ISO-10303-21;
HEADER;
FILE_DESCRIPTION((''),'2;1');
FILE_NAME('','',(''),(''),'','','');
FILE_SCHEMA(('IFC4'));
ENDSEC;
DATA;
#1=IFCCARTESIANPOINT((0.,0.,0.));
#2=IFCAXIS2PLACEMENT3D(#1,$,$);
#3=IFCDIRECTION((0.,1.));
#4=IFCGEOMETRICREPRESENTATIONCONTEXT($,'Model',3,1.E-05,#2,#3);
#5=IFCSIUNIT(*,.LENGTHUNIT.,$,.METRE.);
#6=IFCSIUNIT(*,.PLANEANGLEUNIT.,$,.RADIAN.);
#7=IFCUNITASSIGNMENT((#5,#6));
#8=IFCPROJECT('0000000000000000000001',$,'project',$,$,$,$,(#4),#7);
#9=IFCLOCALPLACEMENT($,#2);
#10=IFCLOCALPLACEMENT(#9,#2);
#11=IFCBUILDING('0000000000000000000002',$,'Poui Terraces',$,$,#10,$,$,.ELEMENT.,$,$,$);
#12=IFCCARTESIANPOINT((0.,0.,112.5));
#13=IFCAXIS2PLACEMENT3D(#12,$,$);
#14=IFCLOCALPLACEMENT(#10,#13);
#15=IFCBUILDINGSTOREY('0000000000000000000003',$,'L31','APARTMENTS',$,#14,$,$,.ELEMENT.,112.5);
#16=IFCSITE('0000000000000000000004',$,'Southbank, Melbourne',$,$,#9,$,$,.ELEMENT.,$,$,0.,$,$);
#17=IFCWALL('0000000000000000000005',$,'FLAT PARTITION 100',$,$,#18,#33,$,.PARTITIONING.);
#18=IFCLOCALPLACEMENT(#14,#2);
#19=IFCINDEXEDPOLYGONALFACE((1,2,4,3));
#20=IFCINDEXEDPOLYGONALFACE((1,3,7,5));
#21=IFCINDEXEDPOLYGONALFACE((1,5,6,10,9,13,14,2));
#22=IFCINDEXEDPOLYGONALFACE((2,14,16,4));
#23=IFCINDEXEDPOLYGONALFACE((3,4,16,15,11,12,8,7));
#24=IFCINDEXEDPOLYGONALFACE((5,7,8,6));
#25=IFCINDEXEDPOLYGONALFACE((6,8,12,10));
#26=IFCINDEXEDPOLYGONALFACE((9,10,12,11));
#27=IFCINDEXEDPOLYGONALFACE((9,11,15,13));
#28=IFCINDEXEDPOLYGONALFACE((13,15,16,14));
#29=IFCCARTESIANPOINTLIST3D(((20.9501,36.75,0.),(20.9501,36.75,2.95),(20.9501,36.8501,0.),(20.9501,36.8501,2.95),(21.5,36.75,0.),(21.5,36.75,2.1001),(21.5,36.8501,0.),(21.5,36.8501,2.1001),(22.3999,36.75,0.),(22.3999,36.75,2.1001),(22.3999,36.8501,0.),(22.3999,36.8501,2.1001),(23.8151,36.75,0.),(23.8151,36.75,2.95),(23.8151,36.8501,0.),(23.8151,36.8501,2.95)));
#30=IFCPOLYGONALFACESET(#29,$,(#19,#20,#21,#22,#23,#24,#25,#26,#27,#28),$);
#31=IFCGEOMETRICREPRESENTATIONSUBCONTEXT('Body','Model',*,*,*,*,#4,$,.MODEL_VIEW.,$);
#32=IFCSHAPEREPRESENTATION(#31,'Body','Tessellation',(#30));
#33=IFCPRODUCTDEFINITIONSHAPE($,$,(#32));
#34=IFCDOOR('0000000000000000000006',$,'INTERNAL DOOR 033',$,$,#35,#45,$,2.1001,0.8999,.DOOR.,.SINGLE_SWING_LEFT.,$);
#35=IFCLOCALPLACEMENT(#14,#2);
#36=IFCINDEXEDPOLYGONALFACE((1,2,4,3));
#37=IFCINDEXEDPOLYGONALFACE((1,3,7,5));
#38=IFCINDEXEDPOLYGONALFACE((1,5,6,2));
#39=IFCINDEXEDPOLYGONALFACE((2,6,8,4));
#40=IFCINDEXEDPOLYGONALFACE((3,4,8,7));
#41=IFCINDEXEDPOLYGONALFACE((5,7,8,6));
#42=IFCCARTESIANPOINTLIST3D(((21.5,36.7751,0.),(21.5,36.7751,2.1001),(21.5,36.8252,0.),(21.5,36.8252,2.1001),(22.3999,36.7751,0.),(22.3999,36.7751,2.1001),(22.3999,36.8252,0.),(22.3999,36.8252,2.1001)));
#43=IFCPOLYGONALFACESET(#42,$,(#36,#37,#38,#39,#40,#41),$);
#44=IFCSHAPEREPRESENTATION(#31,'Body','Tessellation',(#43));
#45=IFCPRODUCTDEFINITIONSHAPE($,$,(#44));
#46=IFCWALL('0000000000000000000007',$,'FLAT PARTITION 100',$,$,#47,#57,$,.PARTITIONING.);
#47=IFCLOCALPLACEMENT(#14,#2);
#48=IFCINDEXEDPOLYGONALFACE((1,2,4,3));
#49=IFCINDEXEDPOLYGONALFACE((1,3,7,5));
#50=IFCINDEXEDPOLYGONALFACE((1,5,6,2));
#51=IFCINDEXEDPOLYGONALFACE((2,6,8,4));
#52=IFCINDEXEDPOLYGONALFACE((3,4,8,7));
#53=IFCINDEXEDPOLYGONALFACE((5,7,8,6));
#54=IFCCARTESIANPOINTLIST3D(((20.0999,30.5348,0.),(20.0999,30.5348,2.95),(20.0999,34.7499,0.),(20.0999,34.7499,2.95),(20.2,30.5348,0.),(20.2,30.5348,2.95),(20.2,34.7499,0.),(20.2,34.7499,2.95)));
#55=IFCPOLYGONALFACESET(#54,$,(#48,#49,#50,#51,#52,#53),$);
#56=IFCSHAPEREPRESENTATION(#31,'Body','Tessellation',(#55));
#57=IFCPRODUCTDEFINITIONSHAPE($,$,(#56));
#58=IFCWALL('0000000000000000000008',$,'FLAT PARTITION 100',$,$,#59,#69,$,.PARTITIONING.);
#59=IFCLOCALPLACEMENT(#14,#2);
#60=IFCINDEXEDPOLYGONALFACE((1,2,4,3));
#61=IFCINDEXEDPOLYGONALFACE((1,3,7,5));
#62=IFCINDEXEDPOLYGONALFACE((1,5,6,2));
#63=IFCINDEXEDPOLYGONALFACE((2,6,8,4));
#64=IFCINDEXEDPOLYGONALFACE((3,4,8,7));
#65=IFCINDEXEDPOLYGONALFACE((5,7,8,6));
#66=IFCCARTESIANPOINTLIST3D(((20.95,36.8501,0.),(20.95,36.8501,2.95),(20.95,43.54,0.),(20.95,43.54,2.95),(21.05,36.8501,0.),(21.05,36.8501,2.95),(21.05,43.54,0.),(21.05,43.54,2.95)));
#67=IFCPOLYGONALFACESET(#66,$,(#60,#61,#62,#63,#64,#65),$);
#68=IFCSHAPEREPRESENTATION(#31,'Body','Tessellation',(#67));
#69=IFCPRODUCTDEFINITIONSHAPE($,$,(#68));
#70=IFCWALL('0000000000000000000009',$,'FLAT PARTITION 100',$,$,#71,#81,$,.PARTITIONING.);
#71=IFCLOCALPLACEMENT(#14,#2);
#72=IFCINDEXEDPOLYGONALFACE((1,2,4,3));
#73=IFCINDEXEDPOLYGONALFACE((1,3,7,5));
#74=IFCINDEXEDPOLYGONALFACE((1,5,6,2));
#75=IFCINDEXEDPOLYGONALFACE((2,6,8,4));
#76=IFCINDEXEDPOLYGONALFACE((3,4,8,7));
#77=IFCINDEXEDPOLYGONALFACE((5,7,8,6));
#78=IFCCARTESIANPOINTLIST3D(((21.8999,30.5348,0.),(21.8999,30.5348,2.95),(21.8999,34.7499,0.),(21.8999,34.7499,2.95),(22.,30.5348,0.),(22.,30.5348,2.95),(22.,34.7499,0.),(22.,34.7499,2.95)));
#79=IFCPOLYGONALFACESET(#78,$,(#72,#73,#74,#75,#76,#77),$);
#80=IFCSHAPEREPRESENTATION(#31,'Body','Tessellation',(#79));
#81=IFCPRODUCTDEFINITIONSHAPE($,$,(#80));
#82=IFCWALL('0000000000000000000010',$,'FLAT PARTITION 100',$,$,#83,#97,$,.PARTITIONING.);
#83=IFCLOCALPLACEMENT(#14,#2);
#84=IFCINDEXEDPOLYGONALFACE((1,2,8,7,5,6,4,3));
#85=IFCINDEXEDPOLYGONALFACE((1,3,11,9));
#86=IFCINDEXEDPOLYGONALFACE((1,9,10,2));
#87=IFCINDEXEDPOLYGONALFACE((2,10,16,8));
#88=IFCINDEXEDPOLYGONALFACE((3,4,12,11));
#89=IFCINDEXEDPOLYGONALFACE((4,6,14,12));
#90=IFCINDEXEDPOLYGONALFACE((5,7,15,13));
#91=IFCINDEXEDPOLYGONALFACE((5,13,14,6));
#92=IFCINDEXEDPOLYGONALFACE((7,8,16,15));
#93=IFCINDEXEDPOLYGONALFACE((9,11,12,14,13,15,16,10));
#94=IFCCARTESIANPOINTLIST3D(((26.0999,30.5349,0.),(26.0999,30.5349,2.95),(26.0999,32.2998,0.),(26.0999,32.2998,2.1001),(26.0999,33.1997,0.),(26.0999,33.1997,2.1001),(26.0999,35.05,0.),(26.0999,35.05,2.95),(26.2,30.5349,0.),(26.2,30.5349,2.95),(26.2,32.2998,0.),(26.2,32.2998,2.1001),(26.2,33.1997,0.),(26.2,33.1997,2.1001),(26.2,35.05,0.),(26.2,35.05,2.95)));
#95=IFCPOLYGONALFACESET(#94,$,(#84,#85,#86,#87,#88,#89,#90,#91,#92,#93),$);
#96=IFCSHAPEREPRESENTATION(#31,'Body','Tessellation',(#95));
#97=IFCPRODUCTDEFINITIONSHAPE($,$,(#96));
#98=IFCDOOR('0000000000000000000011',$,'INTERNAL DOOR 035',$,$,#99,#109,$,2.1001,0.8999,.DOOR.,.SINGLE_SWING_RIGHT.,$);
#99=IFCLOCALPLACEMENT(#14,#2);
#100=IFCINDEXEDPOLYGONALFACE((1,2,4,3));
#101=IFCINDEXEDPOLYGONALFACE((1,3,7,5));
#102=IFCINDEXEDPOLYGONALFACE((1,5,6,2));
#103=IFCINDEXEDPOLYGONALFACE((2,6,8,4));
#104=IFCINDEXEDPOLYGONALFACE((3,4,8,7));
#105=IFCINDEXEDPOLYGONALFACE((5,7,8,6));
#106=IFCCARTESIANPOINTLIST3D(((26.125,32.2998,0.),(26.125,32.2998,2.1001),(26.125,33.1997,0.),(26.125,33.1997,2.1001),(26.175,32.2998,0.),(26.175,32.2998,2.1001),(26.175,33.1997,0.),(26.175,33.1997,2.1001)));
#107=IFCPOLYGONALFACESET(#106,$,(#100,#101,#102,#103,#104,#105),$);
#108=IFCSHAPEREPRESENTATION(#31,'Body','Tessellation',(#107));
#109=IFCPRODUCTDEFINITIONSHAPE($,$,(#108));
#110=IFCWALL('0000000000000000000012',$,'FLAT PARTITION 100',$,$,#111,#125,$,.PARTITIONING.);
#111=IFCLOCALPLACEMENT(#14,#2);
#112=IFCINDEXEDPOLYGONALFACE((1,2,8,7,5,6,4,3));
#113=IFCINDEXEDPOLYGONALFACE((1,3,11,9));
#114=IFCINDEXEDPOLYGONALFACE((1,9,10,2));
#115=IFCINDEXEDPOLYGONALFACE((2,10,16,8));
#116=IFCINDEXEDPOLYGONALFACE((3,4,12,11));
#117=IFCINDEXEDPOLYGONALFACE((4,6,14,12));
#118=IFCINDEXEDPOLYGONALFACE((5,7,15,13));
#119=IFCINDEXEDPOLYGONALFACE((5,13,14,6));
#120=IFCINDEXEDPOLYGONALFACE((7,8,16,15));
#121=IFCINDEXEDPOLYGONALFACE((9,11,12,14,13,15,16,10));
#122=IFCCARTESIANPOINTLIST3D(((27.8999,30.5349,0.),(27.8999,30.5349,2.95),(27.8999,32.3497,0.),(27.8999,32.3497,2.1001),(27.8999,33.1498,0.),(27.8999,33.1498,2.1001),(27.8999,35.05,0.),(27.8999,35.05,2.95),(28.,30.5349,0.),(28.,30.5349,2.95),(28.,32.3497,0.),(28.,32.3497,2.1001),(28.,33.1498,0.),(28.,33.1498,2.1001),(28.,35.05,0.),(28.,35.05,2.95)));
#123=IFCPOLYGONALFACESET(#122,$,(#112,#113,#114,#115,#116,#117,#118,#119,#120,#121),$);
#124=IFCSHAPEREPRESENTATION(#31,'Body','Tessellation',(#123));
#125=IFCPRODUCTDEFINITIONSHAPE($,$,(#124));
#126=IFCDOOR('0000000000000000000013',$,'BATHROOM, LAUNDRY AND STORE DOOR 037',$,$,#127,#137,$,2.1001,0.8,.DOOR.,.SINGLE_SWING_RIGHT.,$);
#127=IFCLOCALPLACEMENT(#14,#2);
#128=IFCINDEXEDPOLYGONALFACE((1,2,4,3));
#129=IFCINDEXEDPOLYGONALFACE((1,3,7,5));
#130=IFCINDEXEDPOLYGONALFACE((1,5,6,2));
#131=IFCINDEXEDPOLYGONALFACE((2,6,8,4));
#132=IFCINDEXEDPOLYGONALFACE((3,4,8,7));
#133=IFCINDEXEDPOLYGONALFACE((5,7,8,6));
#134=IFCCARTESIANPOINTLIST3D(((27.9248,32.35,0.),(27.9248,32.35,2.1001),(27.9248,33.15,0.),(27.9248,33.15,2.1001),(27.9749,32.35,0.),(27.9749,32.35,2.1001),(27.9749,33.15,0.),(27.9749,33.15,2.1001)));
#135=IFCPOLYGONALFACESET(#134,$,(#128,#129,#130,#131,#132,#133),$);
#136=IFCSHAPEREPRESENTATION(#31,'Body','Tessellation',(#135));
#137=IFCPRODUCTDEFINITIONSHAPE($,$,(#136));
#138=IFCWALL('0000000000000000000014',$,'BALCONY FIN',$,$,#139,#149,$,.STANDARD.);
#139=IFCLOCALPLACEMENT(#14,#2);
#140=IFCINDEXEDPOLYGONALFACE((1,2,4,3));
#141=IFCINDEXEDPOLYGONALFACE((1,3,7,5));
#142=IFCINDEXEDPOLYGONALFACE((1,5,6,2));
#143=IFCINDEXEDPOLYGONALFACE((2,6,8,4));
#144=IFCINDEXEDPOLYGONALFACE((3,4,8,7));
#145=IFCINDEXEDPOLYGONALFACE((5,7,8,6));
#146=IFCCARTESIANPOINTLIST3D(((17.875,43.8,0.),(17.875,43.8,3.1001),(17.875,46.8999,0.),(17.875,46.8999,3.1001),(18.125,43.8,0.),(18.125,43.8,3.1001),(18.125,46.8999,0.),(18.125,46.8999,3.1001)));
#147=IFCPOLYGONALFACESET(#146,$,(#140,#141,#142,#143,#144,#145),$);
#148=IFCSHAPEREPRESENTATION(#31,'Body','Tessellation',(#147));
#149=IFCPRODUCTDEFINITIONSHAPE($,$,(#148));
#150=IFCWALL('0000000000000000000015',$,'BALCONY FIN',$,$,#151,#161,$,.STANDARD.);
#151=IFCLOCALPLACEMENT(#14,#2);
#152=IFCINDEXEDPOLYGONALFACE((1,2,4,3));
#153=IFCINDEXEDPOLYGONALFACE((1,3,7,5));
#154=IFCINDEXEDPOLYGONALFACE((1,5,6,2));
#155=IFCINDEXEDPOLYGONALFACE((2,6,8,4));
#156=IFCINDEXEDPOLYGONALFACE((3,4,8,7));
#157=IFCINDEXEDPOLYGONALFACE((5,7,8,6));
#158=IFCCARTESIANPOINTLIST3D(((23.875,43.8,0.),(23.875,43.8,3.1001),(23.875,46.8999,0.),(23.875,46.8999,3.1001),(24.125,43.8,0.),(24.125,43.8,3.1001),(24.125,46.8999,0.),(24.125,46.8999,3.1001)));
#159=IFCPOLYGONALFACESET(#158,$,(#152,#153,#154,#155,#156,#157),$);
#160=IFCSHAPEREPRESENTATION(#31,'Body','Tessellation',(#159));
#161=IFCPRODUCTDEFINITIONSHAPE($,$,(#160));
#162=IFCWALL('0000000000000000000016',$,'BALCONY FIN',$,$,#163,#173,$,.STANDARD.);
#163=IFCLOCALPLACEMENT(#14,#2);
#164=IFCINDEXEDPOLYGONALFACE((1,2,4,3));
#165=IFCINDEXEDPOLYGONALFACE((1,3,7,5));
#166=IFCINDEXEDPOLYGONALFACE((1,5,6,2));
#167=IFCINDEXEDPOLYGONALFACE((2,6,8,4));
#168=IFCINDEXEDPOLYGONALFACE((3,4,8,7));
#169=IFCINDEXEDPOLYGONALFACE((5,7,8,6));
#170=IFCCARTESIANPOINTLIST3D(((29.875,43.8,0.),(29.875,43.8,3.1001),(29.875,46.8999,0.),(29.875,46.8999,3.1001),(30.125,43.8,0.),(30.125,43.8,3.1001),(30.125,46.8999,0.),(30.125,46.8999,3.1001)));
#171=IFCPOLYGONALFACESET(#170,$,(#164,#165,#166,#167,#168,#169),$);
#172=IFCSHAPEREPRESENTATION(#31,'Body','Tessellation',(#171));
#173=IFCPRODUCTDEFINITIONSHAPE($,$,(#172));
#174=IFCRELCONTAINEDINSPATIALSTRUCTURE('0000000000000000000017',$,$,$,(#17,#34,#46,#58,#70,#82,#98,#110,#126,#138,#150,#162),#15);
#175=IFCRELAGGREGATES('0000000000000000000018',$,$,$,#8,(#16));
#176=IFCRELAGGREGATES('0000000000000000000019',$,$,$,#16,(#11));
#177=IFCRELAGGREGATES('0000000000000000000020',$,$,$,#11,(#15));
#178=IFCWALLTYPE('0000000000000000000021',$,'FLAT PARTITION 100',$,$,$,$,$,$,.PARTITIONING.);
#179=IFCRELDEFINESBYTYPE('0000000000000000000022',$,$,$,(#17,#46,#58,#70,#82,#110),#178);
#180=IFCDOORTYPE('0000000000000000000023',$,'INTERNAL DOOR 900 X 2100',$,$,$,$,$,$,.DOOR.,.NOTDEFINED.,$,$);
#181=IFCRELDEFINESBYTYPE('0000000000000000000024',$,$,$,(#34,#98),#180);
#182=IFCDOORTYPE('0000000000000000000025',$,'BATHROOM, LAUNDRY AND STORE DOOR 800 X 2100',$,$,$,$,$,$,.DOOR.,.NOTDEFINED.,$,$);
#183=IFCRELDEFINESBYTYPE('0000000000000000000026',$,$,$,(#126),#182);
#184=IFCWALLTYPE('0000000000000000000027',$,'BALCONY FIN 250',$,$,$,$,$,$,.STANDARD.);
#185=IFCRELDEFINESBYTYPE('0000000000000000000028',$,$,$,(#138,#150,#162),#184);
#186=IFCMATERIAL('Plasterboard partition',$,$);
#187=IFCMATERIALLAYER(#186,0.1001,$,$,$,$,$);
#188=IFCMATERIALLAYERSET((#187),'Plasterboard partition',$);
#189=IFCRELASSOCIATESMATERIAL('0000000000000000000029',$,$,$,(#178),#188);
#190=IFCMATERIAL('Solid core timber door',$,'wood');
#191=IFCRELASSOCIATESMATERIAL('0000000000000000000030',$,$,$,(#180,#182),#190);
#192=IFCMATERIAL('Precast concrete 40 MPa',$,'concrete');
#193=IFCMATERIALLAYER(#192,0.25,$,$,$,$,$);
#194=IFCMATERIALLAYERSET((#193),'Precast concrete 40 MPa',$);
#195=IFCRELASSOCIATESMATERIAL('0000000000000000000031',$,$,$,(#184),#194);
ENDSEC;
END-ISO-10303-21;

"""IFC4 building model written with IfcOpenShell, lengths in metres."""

from ifc_helpers import new_model, si_unit, direction, frame, frame_2d, origin, place, context, subcontext, project, spatial, polyline, rectangle, outline, extrude, source, transform, mapped, material, layer, layer_set, type_object, element, fill, save


model = new_model("IFC4")

# Units and contexts
model_context = context("Model", 3, precision=1e-05, world=origin(), true_north=direction((0.0, 1.0)))
body_context = subcontext(model_context, "Body", "Model", "MODEL_VIEW")
ifc_project = project(units=[si_unit("LENGTHUNIT", "METRE"), si_unit("PLANEANGLEUNIT", "RADIAN")], contexts=[model_context])

# Site, building, storey
site_placement = place(None, origin())
site = spatial("IfcSite", under=ifc_project, at=site_placement, Name="Southbank, Melbourne", CompositionType="ELEMENT", RefElevation=0.0)
building_placement = place(site_placement, origin())
building = spatial("IfcBuilding", under=site, at=building_placement, Name="Poui Terraces", CompositionType="ELEMENT")
storey_placement = place(building_placement, frame((0.0, 0.0, 112.5)))
storey = spatial("IfcBuildingStorey", under=building, at=storey_placement, Name="L31", Description="APARTMENTS", CompositionType="ELEMENT", Elevation=112.5)

# Shared definitions
ifc_material_1 = material(Name="Plasterboard partition")
ifc_layer_1 = layer(ifc_material_1, 0.1001)
ifc_layer_set_1 = layer_set([ifc_layer_1], Name="Plasterboard partition")
wall_type_1 = type_object("IfcWallType", Name="FLAT PARTITION 100", PredefinedType="PARTITIONING", material=ifc_layer_set_1)
ifc_material_2 = material(Name="Solid core timber door", Category="wood")
door_type_1 = type_object("IfcDoorType", Name="INTERNAL DOOR 900 X 2100", OperationType="NOTDEFINED", PredefinedType="DOOR", material=ifc_material_2)
door_type_2 = type_object("IfcDoorType", Name="BATHROOM, LAUNDRY AND STORE DOOR 800 X 2100", OperationType="NOTDEFINED", PredefinedType="DOOR", material=ifc_material_2)

# Wall, opening, door
wall_1_placement = place(storey_placement, frame((20.95, 36.8, 0.0), z_axis=(0.0, 0.0, 1.0), x_axis=(1.0, 0.0, 0.0)))
wall_1 = element("IfcWall", 1, at=wall_1_placement, inside=storey, type_object=wall_type_1, Name="FLAT PARTITION 100", PredefinedType="PARTITIONING", context=body_context, shape_type="SweptSolid", body=[
    extrude(rectangle(XDim=2.865, YDim=0.1001, at=frame_2d((1.4326, 0.0))), origin(), (0.0, 0.0, 1.0), 2.95),
])
opening_1_placement = place(wall_1_placement, frame((0.55, 0.0, 0.0)))
opening_1 = element("IfcOpeningElement", 2, at=opening_1_placement, cuts=wall_1, PredefinedType="OPENING", context=body_context, shape_type="SweptSolid", body=[
    extrude(rectangle(XDim=0.8999, YDim=2.1001, at=frame_2d((0.45, 1.05))), frame((0.0, 0.0601, 0.0), z_axis=(0.0, -1.0, 0.0), x_axis=(1.0, 0.0, 0.0)), (0.0, 0.0, 1.0), 0.1201),
])
door_1_placement = place(opening_1_placement, frame((0.8999, 0.0, 0.0), z_axis=(0.0, 0.0, 1.0), x_axis=(-1.0, 0.0, 0.0)))
door_1 = element("IfcDoor", 3, at=door_1_placement, inside=storey, type_object=door_type_1, Name="INTERNAL DOOR 033", OperationType="SINGLE_SWING_LEFT", OverallHeight=2.1001, OverallWidth=0.8999, PredefinedType="DOOR", context=body_context, shape_type="SweptSolid", body=[
    extrude(rectangle(XDim=0.8999, YDim=2.1001, at=frame_2d((0.45, 1.05))), frame((0.0, 0.0249, 0.0), z_axis=(0.0, -1.0, 0.0), x_axis=(1.0, 0.0, 0.0)), (0.0, 0.0, 1.0), 0.05),
])
fill(opening_1, door_1)

# Walls
wall_2_placement = place(storey_placement, frame((20.1499, 30.5349, 0.0), z_axis=(0.0, 0.0, 1.0), x_axis=(0.0, 1.0, 0.0)))
element("IfcWall", 4, at=wall_2_placement, inside=storey, type_object=wall_type_1, Name="FLAT PARTITION 100", PredefinedType="PARTITIONING", context=body_context, shape_type="SweptSolid", body=[
    extrude(rectangle(XDim=4.2151, YDim=0.1001, at=frame_2d((2.1074, 0.0))), origin(), (0.0, 0.0, 1.0), 2.95),
])
wall_3_placement = place(storey_placement, frame((21.0, 36.8501, 0.0), z_axis=(0.0, 0.0, 1.0), x_axis=(0.0, 1.0, 0.0)))
element("IfcWall", 5, at=wall_3_placement, inside=storey, type_object=wall_type_1, Name="FLAT PARTITION 100", PredefinedType="PARTITIONING", context=body_context, shape_type="SweptSolid", body=[
    extrude(rectangle(XDim=6.6899, YDim=0.1001, at=frame_2d((3.345, 0.0))), origin(), (0.0, 0.0, 1.0), 2.95),
])
wall_4_placement = place(storey_placement, frame((21.95, 30.5349, 0.0), z_axis=(0.0, 0.0, 1.0), x_axis=(0.0, 1.0, 0.0)))
element("IfcWall", 6, at=wall_4_placement, inside=storey, type_object=wall_type_1, Name="FLAT PARTITION 100", PredefinedType="PARTITIONING", context=body_context, shape_type="SweptSolid", body=[
    extrude(rectangle(XDim=4.2151, YDim=0.1001, at=frame_2d((2.1074, 0.0))), origin(), (0.0, 0.0, 1.0), 2.95),
])

# Walls, openings, doors
wall_5_placement = place(storey_placement, frame((26.1499, 30.5349, 0.0), z_axis=(0.0, 0.0, 1.0), x_axis=(0.0, 1.0, 0.0)))
wall_5 = element("IfcWall", 7, at=wall_5_placement, inside=storey, type_object=wall_type_1, Name="FLAT PARTITION 100", PredefinedType="PARTITIONING", context=body_context, shape_type="SweptSolid", body=[
    extrude(rectangle(XDim=4.5151, YDim=0.1001, at=frame_2d((2.2576, 0.0))), origin(), (0.0, 0.0, 1.0), 2.95),
])
opening_2_placement = place(wall_5_placement, frame((1.7649, 0.0, 0.0)))
opening_2 = element("IfcOpeningElement", 8, at=opening_2_placement, cuts=wall_5, PredefinedType="OPENING", context=body_context, shape_type="SweptSolid", body=[
    extrude(rectangle(XDim=0.8999, YDim=2.1001, at=frame_2d((0.45, 1.05))), frame((0.0, 0.0601, 0.0), z_axis=(0.0, -1.0, 0.0), x_axis=(1.0, 0.0, 0.0)), (0.0, 0.0, 1.0), 0.1201),
])
door_2_placement = place(opening_2_placement, origin())
door_2 = element("IfcDoor", 9, at=door_2_placement, inside=storey, type_object=door_type_1, Name="INTERNAL DOOR 035", OperationType="SINGLE_SWING_RIGHT", OverallHeight=2.1001, OverallWidth=0.8999, PredefinedType="DOOR", context=body_context, shape_type="SweptSolid", body=[
    extrude(rectangle(XDim=0.8999, YDim=2.1001, at=frame_2d((0.45, 1.05))), frame((0.0, 0.0249, 0.0), z_axis=(0.0, -1.0, 0.0), x_axis=(1.0, 0.0, 0.0)), (0.0, 0.0, 1.0), 0.05),
])
fill(opening_2, door_2)
wall_6_placement = place(storey_placement, frame((27.95, 30.5349, 0.0), z_axis=(0.0, 0.0, 1.0), x_axis=(0.0, 1.0, 0.0)))
wall_6 = element("IfcWall", 10, at=wall_6_placement, inside=storey, type_object=wall_type_1, Name="FLAT PARTITION 100", PredefinedType="PARTITIONING", context=body_context, shape_type="SweptSolid", body=[
    extrude(rectangle(XDim=4.5151, YDim=0.1001, at=frame_2d((2.2576, 0.0))), origin(), (0.0, 0.0, 1.0), 2.95),
])
opening_3_placement = place(wall_6_placement, frame((1.8149, 0.0, 0.0)))
opening_3 = element("IfcOpeningElement", 11, at=opening_3_placement, cuts=wall_6, PredefinedType="OPENING", context=body_context, shape_type="SweptSolid", body=[
    extrude(rectangle(XDim=0.8, YDim=2.1001, at=frame_2d((0.3999, 1.05))), frame((0.0, 0.0601, 0.0), z_axis=(0.0, -1.0, 0.0), x_axis=(1.0, 0.0, 0.0)), (0.0, 0.0, 1.0), 0.1201),
])
door_3_placement = place(opening_3_placement, frame((0.8, 0.0, 0.0), z_axis=(0.0, 0.0, 1.0), x_axis=(-1.0, 0.0, 0.0)))
door_3 = element("IfcDoor", 12, at=door_3_placement, inside=storey, type_object=door_type_2, Name="BATHROOM, LAUNDRY AND STORE DOOR 037", OperationType="SINGLE_SWING_RIGHT", OverallHeight=2.1001, OverallWidth=0.8, PredefinedType="DOOR", context=body_context, shape_type="SweptSolid", body=[
    extrude(rectangle(XDim=0.8, YDim=2.1001, at=frame_2d((0.3999, 1.05))), frame((0.0, 0.0249, 0.0), z_axis=(0.0, -1.0, 0.0), x_axis=(1.0, 0.0, 0.0)), (0.0, 0.0, 1.0), 0.05),
])
fill(opening_3, door_3)

# Walls
ifc_material_3 = material(Name="Precast concrete 40 MPa", Category="concrete")
ifc_layer_2 = layer(ifc_material_3, 0.25)
ifc_layer_set_2 = layer_set([ifc_layer_2], Name="Precast concrete 40 MPa")
wall_type_2 = type_object("IfcWallType", Name="BALCONY FIN 250", PredefinedType="STANDARD", material=ifc_layer_set_2)
shared_shape_1 = source(origin(), body_context, "Body", "SweptSolid", [
    extrude(outline(polyline([(0.0, 0.0), (0.25, 0.0), (0.25, 3.0999), (0.0, 3.0999), (0.0, 0.0)])), origin(), (0.0, 0.0, 1.0), 3.1001),
])
for number, where, name in (
    (13, (17.875, 43.8, 0.0), "BALCONY FIN"),
    (14, (23.875, 43.8, 0.0), "BALCONY FIN"),
    (15, (29.875, 43.8, 0.0), "BALCONY FIN"),
):
    element("IfcWall", number, at=place(storey_placement, frame(where)), inside=storey, type_object=wall_type_2, Name=name, PredefinedType="STANDARD", context=body_context, shape_type="MappedRepresentation", body=[
        mapped(shared_shape_1, transform((0.0, 0.0, 0.0))),
    ])

save(model, "model.ifc")
